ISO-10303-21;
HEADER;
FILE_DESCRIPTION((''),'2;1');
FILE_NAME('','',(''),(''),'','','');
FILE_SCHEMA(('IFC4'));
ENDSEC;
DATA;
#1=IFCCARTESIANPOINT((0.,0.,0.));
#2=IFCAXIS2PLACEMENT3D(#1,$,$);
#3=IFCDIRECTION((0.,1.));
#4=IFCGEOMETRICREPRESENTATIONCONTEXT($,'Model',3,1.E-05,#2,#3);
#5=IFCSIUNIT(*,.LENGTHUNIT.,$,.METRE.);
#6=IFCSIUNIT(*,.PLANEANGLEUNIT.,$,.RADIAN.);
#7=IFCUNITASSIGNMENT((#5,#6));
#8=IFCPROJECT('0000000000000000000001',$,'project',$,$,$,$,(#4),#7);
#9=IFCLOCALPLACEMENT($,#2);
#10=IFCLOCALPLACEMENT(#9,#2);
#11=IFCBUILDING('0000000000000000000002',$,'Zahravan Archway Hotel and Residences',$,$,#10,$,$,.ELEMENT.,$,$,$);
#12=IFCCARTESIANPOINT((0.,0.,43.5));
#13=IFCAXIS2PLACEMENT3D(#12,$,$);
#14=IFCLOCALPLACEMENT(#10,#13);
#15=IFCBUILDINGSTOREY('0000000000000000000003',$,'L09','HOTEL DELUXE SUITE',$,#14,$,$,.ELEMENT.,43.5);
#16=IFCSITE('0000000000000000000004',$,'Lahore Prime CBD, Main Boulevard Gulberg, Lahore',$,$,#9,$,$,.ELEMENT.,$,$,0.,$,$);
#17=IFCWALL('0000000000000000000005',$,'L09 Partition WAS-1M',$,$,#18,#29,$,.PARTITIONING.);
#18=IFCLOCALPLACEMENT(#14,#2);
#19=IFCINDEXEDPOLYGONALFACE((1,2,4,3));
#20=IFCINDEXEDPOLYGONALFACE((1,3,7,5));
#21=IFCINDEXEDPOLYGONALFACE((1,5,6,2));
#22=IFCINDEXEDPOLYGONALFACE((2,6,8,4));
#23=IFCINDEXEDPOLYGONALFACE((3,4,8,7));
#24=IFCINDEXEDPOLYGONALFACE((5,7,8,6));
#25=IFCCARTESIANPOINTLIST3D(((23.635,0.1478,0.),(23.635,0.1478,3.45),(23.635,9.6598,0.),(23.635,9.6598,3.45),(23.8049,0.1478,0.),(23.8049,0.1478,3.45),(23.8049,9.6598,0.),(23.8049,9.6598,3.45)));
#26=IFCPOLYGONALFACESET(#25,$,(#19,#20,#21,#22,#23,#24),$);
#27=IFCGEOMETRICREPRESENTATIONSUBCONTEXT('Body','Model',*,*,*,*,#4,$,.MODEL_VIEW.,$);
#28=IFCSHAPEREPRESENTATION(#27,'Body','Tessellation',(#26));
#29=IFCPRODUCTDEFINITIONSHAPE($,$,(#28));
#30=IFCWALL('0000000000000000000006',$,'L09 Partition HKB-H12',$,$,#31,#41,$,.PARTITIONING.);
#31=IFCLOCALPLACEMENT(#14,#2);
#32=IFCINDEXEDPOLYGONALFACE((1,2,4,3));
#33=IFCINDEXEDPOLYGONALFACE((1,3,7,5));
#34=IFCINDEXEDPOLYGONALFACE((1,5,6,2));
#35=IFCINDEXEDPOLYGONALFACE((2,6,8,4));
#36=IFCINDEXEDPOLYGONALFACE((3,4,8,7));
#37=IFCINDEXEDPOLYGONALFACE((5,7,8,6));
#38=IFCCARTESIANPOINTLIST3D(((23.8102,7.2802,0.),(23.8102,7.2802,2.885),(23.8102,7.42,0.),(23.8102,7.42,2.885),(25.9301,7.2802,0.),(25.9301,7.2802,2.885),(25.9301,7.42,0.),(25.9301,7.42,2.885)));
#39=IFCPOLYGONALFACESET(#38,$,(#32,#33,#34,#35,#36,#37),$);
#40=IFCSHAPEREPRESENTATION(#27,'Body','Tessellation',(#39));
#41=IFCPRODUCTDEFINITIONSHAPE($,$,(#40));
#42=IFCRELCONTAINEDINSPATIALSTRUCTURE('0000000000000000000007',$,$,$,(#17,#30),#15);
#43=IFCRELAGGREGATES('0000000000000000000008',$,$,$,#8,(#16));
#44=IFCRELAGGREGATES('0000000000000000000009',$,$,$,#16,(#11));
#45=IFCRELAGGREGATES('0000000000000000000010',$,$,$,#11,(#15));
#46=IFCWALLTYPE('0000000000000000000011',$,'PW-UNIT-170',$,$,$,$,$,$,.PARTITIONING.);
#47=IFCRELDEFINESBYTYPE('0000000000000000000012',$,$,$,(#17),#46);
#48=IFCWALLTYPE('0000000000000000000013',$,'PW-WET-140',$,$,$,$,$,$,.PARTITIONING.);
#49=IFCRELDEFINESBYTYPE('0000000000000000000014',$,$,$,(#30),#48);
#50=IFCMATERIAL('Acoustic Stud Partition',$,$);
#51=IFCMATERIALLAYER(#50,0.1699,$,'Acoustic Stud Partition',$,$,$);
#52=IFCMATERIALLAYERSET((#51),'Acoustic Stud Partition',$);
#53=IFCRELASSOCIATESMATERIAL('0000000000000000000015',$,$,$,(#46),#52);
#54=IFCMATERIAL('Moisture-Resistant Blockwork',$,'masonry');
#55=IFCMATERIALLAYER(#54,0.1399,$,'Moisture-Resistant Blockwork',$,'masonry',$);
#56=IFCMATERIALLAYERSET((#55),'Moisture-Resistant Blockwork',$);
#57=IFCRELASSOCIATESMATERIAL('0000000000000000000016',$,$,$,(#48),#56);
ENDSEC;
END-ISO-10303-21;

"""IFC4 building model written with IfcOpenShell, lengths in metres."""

from ifc_helpers import new_model, si_unit, direction, frame, frame_2d, origin, place, context, subcontext, project, spatial, rectangle, extrude, material, layer, layer_set, type_object, element, save


model = new_model("IFC4")

# Units and contexts
model_context = context("Model", 3, precision=1e-05, world=origin(), true_north=direction((0.0, 1.0)))
body_context = subcontext(model_context, "Body", "Model", "MODEL_VIEW")
ifc_project = project(units=[si_unit("LENGTHUNIT", "METRE"), si_unit("PLANEANGLEUNIT", "RADIAN")], contexts=[model_context])

# Site, building, storey
site_placement = place(None, origin())
site = spatial("IfcSite", under=ifc_project, at=site_placement, Name="Lahore Prime CBD, Main Boulevard Gulberg, Lahore", CompositionType="ELEMENT", RefElevation=0.0)
building_placement = place(site_placement, origin())
building = spatial("IfcBuilding", under=site, at=building_placement, Name="Zahravan Archway Hotel and Residences", CompositionType="ELEMENT")
storey_placement = place(building_placement, frame((0.0, 0.0, 43.5)))
storey = spatial("IfcBuildingStorey", under=building, at=storey_placement, Name="L09", Description="HOTEL DELUXE SUITE", CompositionType="ELEMENT", Elevation=43.5)

# Walls
ifc_material_1 = material(Name="Acoustic Stud Partition")
ifc_layer_1 = layer(ifc_material_1, 0.1699, Name="Acoustic Stud Partition")
ifc_layer_set_1 = layer_set([ifc_layer_1], Name="Acoustic Stud Partition")
wall_type_1 = type_object("IfcWallType", Name="PW-UNIT-170", PredefinedType="PARTITIONING", material=ifc_layer_set_1)
wall_1_placement = place(storey_placement, frame((23.72, 0.1479, 0.0), z_axis=(0.0, 0.0, 1.0), x_axis=(0.0, 1.0, 0.0)))
element("IfcWall", 1, at=wall_1_placement, inside=storey, type_object=wall_type_1, Name="L09 Partition WAS-1M", PredefinedType="PARTITIONING", context=body_context, shape_type="SweptSolid", body=[
    extrude(rectangle(XDim=9.512, YDim=0.1699, at=frame_2d((4.7559, 0.0))), origin(), (0.0, 0.0, 1.0), 3.45),
])
ifc_material_2 = material(Name="Moisture-Resistant Blockwork", Category="masonry")
ifc_layer_2 = layer(ifc_material_2, 0.1399, Name="Moisture-Resistant Blockwork", Category="masonry")
ifc_layer_set_2 = layer_set([ifc_layer_2], Name="Moisture-Resistant Blockwork")
wall_type_2 = type_object("IfcWallType", Name="PW-WET-140", PredefinedType="PARTITIONING", material=ifc_layer_set_2)
wall_2_placement = place(storey_placement, frame((23.8101, 7.3501, 0.0), z_axis=(0.0, 0.0, 1.0), x_axis=(1.0, 0.0, 0.0)))
element("IfcWall", 2, at=wall_2_placement, inside=storey, type_object=wall_type_2, Name="L09 Partition HKB-H12", PredefinedType="PARTITIONING", context=body_context, shape_type="SweptSolid", body=[
    extrude(rectangle(XDim=2.1199, YDim=0.1399, at=frame_2d((1.0601, 0.0))), origin(), (0.0, 0.0, 1.0), 2.885),
])

save(model, "model.ifc")
